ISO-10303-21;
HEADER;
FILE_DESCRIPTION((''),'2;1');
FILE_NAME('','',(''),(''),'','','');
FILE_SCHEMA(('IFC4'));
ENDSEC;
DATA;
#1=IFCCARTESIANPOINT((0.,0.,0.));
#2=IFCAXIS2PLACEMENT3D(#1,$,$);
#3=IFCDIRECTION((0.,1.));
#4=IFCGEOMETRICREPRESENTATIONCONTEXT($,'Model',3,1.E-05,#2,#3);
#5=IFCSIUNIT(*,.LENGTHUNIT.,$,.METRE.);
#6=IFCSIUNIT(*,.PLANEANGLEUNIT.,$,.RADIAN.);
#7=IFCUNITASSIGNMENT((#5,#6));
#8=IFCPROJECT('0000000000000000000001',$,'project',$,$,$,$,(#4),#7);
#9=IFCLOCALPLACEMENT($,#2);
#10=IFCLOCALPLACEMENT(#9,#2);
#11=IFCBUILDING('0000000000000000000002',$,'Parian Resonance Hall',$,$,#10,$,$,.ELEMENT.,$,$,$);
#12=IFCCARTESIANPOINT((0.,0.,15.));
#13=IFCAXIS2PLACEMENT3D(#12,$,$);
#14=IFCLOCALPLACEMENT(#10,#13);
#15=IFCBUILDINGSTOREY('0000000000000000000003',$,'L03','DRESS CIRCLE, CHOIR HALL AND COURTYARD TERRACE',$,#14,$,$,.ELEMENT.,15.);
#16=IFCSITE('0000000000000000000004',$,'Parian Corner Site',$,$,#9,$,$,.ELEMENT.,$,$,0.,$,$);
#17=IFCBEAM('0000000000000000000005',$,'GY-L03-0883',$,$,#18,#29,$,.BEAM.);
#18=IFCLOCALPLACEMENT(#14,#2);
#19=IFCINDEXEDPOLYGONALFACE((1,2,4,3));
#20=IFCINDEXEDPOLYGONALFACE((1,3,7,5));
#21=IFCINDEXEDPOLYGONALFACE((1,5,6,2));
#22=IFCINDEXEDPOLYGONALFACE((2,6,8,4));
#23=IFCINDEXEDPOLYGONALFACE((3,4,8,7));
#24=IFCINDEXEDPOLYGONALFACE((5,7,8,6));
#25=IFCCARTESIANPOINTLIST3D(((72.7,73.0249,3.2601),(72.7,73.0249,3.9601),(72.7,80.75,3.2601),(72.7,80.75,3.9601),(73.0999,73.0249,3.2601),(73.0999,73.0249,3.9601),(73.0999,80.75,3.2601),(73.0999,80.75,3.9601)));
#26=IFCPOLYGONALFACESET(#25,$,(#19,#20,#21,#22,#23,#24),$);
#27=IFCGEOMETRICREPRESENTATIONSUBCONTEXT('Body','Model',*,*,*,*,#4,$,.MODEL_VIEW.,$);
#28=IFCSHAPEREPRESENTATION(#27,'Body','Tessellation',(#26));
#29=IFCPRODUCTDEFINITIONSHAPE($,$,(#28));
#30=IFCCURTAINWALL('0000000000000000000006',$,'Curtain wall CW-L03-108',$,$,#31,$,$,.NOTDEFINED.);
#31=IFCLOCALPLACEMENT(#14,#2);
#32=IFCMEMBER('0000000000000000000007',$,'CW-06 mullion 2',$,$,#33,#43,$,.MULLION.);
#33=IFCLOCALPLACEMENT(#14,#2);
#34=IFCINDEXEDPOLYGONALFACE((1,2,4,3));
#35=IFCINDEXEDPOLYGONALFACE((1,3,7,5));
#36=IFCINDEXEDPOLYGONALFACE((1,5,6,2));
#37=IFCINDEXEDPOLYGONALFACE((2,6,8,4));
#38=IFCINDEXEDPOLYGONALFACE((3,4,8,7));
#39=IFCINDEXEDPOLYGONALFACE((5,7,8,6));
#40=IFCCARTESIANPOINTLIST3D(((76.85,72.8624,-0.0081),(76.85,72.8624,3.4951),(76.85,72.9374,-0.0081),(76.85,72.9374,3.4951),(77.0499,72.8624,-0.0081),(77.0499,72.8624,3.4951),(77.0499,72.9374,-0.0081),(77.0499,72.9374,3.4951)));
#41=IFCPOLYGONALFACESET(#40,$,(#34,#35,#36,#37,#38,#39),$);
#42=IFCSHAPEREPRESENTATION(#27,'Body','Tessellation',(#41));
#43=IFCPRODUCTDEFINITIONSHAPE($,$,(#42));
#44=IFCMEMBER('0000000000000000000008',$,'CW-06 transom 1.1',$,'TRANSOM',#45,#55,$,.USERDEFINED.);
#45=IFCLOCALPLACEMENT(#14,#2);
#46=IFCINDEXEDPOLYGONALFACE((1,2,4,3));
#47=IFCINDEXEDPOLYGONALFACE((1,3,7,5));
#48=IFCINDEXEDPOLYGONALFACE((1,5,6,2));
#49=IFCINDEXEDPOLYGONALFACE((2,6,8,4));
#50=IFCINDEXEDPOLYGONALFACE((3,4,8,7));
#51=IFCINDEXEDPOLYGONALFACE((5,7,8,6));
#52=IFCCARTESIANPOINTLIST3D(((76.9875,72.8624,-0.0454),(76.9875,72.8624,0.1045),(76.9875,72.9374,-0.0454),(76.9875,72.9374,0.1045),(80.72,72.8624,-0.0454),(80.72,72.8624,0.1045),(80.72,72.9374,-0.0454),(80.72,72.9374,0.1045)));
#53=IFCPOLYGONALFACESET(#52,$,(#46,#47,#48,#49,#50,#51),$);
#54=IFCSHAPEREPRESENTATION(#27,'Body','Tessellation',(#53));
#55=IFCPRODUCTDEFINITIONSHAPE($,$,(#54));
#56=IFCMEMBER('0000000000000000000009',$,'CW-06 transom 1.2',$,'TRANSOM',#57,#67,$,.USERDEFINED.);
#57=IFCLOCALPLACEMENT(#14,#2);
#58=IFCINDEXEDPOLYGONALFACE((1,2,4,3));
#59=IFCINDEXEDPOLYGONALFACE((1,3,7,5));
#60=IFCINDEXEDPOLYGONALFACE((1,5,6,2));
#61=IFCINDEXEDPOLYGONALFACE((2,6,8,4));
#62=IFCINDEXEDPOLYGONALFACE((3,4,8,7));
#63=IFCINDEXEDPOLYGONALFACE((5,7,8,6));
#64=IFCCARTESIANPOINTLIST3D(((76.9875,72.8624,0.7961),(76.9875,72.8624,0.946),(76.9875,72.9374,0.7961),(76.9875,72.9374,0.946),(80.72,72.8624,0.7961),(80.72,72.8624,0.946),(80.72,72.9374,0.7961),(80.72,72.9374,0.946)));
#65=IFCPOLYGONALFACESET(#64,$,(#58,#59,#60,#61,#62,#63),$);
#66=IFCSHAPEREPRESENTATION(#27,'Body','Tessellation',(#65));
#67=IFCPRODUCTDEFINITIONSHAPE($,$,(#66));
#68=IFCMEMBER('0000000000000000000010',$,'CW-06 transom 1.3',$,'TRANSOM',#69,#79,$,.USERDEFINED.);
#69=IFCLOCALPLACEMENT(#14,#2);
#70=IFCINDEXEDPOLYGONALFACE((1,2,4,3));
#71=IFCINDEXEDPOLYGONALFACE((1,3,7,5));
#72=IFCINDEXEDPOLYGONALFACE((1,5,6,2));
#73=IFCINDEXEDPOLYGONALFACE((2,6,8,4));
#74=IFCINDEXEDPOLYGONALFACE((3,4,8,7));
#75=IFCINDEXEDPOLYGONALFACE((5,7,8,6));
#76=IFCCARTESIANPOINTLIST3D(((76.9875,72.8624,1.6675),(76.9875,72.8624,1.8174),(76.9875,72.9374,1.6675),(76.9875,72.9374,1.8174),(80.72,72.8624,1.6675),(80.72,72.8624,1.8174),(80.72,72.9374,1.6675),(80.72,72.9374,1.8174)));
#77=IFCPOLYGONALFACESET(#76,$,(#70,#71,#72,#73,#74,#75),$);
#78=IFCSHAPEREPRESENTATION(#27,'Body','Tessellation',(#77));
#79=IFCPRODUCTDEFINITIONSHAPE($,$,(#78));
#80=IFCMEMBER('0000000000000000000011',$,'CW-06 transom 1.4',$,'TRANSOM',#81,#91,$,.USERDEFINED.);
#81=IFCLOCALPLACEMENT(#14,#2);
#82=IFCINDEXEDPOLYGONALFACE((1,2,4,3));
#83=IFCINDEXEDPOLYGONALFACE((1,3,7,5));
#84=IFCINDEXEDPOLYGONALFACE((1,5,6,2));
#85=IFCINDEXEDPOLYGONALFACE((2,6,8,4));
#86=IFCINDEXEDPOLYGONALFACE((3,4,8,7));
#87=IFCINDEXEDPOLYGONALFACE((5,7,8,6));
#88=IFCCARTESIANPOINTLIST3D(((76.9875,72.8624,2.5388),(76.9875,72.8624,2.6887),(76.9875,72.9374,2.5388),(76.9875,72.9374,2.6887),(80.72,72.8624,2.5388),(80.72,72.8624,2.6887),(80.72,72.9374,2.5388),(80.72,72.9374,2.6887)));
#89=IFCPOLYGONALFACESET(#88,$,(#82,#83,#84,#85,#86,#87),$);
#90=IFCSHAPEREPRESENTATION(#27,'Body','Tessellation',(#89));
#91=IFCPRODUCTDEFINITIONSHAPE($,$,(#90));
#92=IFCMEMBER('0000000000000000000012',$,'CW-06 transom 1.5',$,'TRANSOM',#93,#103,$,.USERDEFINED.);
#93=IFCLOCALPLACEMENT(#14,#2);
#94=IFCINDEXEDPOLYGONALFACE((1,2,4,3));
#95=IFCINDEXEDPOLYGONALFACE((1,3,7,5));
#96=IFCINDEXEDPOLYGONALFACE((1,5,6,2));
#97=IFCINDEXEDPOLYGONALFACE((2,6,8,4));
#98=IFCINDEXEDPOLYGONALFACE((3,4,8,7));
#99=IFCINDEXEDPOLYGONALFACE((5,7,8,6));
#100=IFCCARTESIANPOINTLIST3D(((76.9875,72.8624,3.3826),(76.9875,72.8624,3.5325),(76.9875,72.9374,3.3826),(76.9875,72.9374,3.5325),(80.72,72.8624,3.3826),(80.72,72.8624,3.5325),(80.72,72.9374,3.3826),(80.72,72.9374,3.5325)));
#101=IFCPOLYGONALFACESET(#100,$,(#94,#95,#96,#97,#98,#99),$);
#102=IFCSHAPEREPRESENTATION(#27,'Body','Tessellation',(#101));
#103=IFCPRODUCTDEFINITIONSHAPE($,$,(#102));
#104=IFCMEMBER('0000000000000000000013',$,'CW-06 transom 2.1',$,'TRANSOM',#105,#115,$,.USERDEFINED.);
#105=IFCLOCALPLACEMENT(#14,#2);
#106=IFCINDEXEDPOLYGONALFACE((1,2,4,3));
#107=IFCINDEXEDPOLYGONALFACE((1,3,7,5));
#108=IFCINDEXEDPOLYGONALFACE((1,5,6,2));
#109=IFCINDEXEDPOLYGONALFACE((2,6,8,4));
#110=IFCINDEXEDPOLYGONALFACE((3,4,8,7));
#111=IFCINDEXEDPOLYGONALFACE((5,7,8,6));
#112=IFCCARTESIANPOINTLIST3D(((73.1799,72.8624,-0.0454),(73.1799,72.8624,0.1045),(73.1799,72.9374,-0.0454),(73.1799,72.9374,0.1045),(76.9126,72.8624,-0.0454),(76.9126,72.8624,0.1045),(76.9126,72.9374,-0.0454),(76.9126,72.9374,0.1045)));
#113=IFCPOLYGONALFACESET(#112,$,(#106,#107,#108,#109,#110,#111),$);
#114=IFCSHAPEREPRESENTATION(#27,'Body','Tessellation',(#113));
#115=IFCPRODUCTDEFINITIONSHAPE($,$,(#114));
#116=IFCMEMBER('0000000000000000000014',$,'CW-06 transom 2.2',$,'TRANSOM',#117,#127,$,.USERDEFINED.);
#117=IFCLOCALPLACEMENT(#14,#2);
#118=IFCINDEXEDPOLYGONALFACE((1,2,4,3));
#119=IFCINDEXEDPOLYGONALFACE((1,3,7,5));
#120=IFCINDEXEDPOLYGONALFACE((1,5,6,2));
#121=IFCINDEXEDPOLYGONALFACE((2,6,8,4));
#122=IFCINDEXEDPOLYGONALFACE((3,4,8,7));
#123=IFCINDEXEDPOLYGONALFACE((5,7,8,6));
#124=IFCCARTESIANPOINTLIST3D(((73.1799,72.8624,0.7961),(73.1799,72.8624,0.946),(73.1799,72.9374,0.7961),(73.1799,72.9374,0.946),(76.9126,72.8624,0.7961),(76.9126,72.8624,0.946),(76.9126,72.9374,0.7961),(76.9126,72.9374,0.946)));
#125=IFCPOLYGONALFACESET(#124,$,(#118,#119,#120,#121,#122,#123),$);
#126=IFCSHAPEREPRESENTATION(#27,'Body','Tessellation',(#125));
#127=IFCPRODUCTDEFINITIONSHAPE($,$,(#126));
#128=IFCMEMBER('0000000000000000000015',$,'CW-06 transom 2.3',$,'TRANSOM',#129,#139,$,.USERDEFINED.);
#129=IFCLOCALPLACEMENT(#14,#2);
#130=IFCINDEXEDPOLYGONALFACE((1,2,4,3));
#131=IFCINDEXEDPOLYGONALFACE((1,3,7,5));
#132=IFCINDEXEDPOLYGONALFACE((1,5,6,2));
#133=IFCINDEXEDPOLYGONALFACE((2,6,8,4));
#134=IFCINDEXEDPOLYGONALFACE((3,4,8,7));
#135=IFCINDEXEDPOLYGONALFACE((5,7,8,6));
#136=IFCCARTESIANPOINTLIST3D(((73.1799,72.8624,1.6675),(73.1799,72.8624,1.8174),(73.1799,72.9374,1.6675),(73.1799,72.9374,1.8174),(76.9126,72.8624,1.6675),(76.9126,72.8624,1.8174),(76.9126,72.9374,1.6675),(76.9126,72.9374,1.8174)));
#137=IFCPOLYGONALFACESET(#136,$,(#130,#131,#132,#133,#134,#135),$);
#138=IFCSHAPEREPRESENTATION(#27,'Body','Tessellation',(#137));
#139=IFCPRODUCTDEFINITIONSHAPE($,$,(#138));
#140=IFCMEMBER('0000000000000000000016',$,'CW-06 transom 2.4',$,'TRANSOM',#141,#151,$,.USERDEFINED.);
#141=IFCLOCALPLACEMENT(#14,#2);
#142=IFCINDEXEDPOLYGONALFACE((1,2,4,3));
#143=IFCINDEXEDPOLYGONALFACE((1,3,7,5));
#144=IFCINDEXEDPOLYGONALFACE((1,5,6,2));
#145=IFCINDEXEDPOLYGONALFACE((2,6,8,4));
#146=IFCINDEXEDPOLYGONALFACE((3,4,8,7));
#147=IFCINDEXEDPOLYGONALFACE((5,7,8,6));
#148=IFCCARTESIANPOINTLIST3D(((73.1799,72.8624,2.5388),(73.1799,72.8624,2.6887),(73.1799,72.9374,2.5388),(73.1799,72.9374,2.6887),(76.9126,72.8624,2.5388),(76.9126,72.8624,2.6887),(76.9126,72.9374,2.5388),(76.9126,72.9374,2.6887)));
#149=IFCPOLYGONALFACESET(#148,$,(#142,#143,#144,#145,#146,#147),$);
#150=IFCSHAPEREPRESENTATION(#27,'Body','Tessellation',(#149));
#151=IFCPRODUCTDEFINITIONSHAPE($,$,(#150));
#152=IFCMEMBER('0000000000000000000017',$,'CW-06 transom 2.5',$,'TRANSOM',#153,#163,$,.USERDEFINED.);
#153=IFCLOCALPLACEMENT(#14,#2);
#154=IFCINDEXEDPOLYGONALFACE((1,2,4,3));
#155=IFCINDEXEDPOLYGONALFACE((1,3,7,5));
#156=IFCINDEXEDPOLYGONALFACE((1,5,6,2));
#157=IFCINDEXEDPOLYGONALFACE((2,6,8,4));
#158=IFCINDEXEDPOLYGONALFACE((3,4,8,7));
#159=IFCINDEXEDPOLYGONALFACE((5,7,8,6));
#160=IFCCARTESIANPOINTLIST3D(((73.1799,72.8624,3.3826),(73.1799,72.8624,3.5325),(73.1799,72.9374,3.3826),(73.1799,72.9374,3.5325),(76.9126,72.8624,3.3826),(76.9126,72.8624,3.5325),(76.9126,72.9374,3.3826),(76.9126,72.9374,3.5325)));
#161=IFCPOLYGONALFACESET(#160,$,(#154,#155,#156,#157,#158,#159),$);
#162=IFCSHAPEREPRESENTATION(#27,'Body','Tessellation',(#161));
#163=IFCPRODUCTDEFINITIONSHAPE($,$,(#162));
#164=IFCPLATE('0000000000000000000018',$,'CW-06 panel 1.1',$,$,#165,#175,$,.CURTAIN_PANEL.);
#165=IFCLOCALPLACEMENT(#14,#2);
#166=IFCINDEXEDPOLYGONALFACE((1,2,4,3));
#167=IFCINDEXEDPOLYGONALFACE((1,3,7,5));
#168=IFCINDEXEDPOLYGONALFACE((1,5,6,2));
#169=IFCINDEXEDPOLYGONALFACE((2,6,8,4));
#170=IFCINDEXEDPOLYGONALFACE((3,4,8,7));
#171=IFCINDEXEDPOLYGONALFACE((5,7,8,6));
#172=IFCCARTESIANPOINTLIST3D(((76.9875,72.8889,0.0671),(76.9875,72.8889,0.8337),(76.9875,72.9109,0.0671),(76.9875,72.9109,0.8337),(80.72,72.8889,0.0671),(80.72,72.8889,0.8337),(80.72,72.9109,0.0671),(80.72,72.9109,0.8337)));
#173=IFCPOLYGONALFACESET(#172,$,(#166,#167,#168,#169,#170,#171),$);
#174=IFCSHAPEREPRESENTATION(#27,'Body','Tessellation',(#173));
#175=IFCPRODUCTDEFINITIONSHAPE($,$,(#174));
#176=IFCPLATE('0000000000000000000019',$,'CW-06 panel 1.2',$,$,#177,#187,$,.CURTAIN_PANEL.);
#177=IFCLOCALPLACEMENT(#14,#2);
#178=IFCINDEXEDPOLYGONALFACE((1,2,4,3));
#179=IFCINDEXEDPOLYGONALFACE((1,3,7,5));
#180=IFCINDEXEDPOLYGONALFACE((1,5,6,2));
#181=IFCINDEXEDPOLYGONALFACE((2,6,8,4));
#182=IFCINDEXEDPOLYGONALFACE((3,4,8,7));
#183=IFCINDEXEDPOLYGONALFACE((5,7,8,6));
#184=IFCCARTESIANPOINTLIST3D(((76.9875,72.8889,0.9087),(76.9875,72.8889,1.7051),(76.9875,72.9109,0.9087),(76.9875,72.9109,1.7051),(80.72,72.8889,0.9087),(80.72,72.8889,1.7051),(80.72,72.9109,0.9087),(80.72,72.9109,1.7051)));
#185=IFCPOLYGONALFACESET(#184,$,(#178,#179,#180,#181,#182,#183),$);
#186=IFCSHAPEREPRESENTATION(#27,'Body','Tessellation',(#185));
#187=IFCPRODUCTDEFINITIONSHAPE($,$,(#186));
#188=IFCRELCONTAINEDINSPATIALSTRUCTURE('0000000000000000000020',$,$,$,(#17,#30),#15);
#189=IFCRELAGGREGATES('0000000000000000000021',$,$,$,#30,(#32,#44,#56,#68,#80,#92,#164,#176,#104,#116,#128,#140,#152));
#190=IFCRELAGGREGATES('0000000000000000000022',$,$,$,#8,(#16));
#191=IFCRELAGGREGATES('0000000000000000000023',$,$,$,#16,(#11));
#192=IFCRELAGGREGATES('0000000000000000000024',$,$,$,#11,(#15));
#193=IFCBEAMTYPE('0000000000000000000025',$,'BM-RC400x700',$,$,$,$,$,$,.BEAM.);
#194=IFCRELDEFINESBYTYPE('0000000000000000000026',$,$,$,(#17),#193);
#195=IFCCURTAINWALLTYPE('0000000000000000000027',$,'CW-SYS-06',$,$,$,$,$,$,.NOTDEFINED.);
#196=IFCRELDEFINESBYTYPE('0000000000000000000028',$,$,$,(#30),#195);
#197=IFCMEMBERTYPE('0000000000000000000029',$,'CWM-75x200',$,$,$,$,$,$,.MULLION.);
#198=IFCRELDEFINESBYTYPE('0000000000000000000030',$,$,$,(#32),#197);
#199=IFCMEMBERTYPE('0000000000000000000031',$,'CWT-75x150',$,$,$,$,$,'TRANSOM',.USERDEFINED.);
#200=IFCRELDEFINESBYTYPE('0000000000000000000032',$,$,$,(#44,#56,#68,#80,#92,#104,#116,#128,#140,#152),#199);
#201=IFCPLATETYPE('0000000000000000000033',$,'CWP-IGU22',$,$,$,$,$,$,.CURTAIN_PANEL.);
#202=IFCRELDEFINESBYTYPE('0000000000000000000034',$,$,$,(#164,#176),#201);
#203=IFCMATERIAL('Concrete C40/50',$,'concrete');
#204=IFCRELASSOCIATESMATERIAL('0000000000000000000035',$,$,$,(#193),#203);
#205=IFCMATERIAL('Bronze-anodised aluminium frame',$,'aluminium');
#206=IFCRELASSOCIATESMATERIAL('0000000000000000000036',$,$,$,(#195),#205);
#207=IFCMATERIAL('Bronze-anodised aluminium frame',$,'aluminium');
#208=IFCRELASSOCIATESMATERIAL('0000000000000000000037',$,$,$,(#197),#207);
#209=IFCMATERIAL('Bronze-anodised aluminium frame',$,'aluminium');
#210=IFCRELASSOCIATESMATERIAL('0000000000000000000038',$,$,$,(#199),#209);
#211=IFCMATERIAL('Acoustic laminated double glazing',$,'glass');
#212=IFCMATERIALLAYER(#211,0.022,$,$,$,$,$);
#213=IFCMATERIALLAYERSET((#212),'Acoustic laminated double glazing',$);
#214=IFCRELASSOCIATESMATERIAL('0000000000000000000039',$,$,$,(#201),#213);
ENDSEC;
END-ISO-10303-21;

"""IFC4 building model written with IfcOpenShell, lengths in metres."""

from ifc_helpers import new_model, si_unit, direction, frame, origin, origin_2d, place, context, subcontext, project, spatial, rectangle, extrude, material, layer, layer_set, material_profile, profile_set, type_object, element, aggregate, save


model = new_model("IFC4")

# Units and contexts
model_context = context("Model", 3, precision=1e-05, world=origin(), true_north=direction((0.0, 1.0)))
body_context = subcontext(model_context, "Body", "Model", "MODEL_VIEW")
ifc_project = project(units=[si_unit("LENGTHUNIT", "METRE"), si_unit("PLANEANGLEUNIT", "RADIAN")], contexts=[model_context])

# Site, building, storey
site_placement = place(None, origin())
site = spatial("IfcSite", under=ifc_project, at=site_placement, Name="Parian Corner Site", CompositionType="ELEMENT", RefElevation=0.0)
building_placement = place(site_placement, origin())
building = spatial("IfcBuilding", under=site, at=building_placement, Name="Parian Resonance Hall", CompositionType="ELEMENT")
storey_placement = place(building_placement, frame((0.0, 0.0, 15.0)))
storey = spatial("IfcBuildingStorey", under=building, at=storey_placement, Name="L03", Description="DRESS CIRCLE, CHOIR HALL AND COURTYARD TERRACE", CompositionType="ELEMENT", Elevation=15.0)

# Beam
ifc_material_1 = material(Name="Concrete C40/50", Category="concrete")
ifc_material_profile_1 = material_profile(ifc_material_1, rectangle(XDim=0.3999, YDim=0.7, at=origin_2d()), Name="RC-BM-400x700")
ifc_profile_set_1 = profile_set([ifc_material_profile_1], Name="Concrete C40/50")
beam_type = type_object("IfcBeamType", Name="BM-RC400x700", PredefinedType="BEAM", material=ifc_profile_set_1)
beam_placement = place(storey_placement, frame((72.8999, 73.0249, 3.6101), z_axis=(0.0, 1.0, 0.0), x_axis=(-1.0, 0.0, 0.0)))
element("IfcBeam", 1, at=beam_placement, inside=storey, type_object=beam_type, Name="GY-L03-0883", PredefinedType="BEAM", context=body_context, shape_type="SweptSolid", body=[
    extrude(rectangle(XDim=0.3999, YDim=0.7, at=origin_2d()), origin(), (0.0, 0.0, 1.0), 7.7251),
])

# Curtain wall, members, plates
ifc_material_2 = material(Name="Bronze-anodised aluminium frame", Category="aluminium")
curtain_wall_type = type_object("IfcCurtainWallType", Name="CW-SYS-06", PredefinedType="NOTDEFINED", material=ifc_material_2)
curtain_wall_placement = place(storey_placement, origin())
curtain_wall = element("IfcCurtainWall", 2, at=curtain_wall_placement, inside=storey, type_object=curtain_wall_type, Name="Curtain wall CW-L03-108", PredefinedType="NOTDEFINED")
ifc_material_3 = material(Name="Bronze-anodised aluminium frame", Category="aluminium")
ifc_material_profile_2 = material_profile(ifc_material_3, rectangle(XDim=0.075, YDim=0.2, at=origin_2d()), Name="CWM-75x200")
ifc_profile_set_2 = profile_set([ifc_material_profile_2], Name="Bronze-anodised aluminium frame")
member_type_1 = type_object("IfcMemberType", Name="CWM-75x200", PredefinedType="MULLION", material=ifc_profile_set_2)
member_1_placement = place(storey_placement, frame((76.95, 72.8999, -0.0081), z_axis=(0.0, 0.0, 1.0), x_axis=(0.0, -1.0, 0.0)))
member_1 = element("IfcMember", 3, at=member_1_placement, type_object=member_type_1, Name="CW-06 mullion 2", PredefinedType="MULLION", context=body_context, shape_type="SweptSolid", body=[
    extrude(rectangle(XDim=0.075, YDim=0.2, at=origin_2d()), origin(), (0.0, 0.0, 1.0), 3.5032),
])
ifc_material_4 = material(Name="Bronze-anodised aluminium frame", Category="aluminium")
ifc_material_profile_3 = material_profile(ifc_material_4, rectangle(XDim=0.075, YDim=0.1499, at=origin_2d()), Name="CWT-75x150")
ifc_profile_set_3 = profile_set([ifc_material_profile_3], Name="Bronze-anodised aluminium frame")
member_type_2 = type_object("IfcMemberType", Name="CWT-75x150", ElementType="TRANSOM", PredefinedType="USERDEFINED", material=ifc_profile_set_3)
member_2_placement = place(storey_placement, frame((80.72, 72.8999, 0.0295), z_axis=(-1.0, 0.0, 0.0), x_axis=(0.0, -1.0, 0.0)))
member_2 = element("IfcMember", 4, at=member_2_placement, type_object=member_type_2, Name="CW-06 transom 1.1", ObjectType="TRANSOM", PredefinedType="USERDEFINED", context=body_context, shape_type="SweptSolid", body=[
    extrude(rectangle(XDim=0.075, YDim=0.1499, at=origin_2d()), origin(), (0.0, 0.0, 1.0), 3.7324),
])
member_3_placement = place(storey_placement, frame((80.72, 72.8999, 0.8711), z_axis=(-1.0, 0.0, 0.0), x_axis=(0.0, -1.0, 0.0)))
member_3 = element("IfcMember", 5, at=member_3_placement, type_object=member_type_2, Name="CW-06 transom 1.2", ObjectType="TRANSOM", PredefinedType="USERDEFINED", context=body_context, shape_type="SweptSolid", body=[
    extrude(rectangle(XDim=0.075, YDim=0.1499, at=origin_2d()), origin(), (0.0, 0.0, 1.0), 3.7324),
])
member_4_placement = place(storey_placement, frame((80.72, 72.8999, 1.7424), z_axis=(-1.0, 0.0, 0.0), x_axis=(0.0, -1.0, 0.0)))
member_4 = element("IfcMember", 6, at=member_4_placement, type_object=member_type_2, Name="CW-06 transom 1.3", ObjectType="TRANSOM", PredefinedType="USERDEFINED", context=body_context, shape_type="SweptSolid", body=[
    extrude(rectangle(XDim=0.075, YDim=0.1499, at=origin_2d()), origin(), (0.0, 0.0, 1.0), 3.7324),
])
member_5_placement = place(storey_placement, frame((80.72, 72.8999, 2.6138), z_axis=(-1.0, 0.0, 0.0), x_axis=(0.0, -1.0, 0.0)))
member_5 = element("IfcMember", 7, at=member_5_placement, type_object=member_type_2, Name="CW-06 transom 1.4", ObjectType="TRANSOM", PredefinedType="USERDEFINED", context=body_context, shape_type="SweptSolid", body=[
    extrude(rectangle(XDim=0.075, YDim=0.1499, at=origin_2d()), origin(), (0.0, 0.0, 1.0), 3.7324),
])
member_6_placement = place(storey_placement, frame((80.72, 72.8999, 3.4575), z_axis=(-1.0, 0.0, 0.0), x_axis=(0.0, -1.0, 0.0)))
member_6 = element("IfcMember", 8, at=member_6_placement, type_object=member_type_2, Name="CW-06 transom 1.5", ObjectType="TRANSOM", PredefinedType="USERDEFINED", context=body_context, shape_type="SweptSolid", body=[
    extrude(rectangle(XDim=0.075, YDim=0.1499, at=origin_2d()), origin(), (0.0, 0.0, 1.0), 3.7324),
])
member_7_placement = place(storey_placement, frame((76.9126, 72.8999, 0.0295), z_axis=(-1.0, 0.0, 0.0), x_axis=(0.0, -1.0, 0.0)))
member_7 = element("IfcMember", 9, at=member_7_placement, type_object=member_type_2, Name="CW-06 transom 2.1", ObjectType="TRANSOM", PredefinedType="USERDEFINED", context=body_context, shape_type="SweptSolid", body=[
    extrude(rectangle(XDim=0.075, YDim=0.1499, at=origin_2d()), origin(), (0.0, 0.0, 1.0), 3.7327),
])
member_8_placement = place(storey_placement, frame((76.9126, 72.8999, 0.8711), z_axis=(-1.0, 0.0, 0.0), x_axis=(0.0, -1.0, 0.0)))
member_8 = element("IfcMember", 10, at=member_8_placement, type_object=member_type_2, Name="CW-06 transom 2.2", ObjectType="TRANSOM", PredefinedType="USERDEFINED", context=body_context, shape_type="SweptSolid", body=[
    extrude(rectangle(XDim=0.075, YDim=0.1499, at=origin_2d()), origin(), (0.0, 0.0, 1.0), 3.7327),
])
member_9_placement = place(storey_placement, frame((76.9126, 72.8999, 1.7424), z_axis=(-1.0, 0.0, 0.0), x_axis=(0.0, -1.0, 0.0)))
member_9 = element("IfcMember", 11, at=member_9_placement, type_object=member_type_2, Name="CW-06 transom 2.3", ObjectType="TRANSOM", PredefinedType="USERDEFINED", context=body_context, shape_type="SweptSolid", body=[
    extrude(rectangle(XDim=0.075, YDim=0.1499, at=origin_2d()), origin(), (0.0, 0.0, 1.0), 3.7327),
])
member_10_placement = place(storey_placement, frame((76.9126, 72.8999, 2.6138), z_axis=(-1.0, 0.0, 0.0), x_axis=(0.0, -1.0, 0.0)))
member_10 = element("IfcMember", 12, at=member_10_placement, type_object=member_type_2, Name="CW-06 transom 2.4", ObjectType="TRANSOM", PredefinedType="USERDEFINED", context=body_context, shape_type="SweptSolid", body=[
    extrude(rectangle(XDim=0.075, YDim=0.1499, at=origin_2d()), origin(), (0.0, 0.0, 1.0), 3.7327),
])
member_11_placement = place(storey_placement, frame((76.9126, 72.8999, 3.4575), z_axis=(-1.0, 0.0, 0.0), x_axis=(0.0, -1.0, 0.0)))
member_11 = element("IfcMember", 13, at=member_11_placement, type_object=member_type_2, Name="CW-06 transom 2.5", ObjectType="TRANSOM", PredefinedType="USERDEFINED", context=body_context, shape_type="SweptSolid", body=[
    extrude(rectangle(XDim=0.075, YDim=0.1499, at=origin_2d()), origin(), (0.0, 0.0, 1.0), 3.7327),
])
ifc_material_5 = material(Name="Acoustic laminated double glazing", Category="glass")
ifc_layer = layer(ifc_material_5, 0.022)
ifc_layer_set = layer_set([ifc_layer], Name="Acoustic laminated double glazing")
plate_type = type_object("IfcPlateType", Name="CWP-IGU22", PredefinedType="CURTAIN_PANEL", material=ifc_layer_set)
plate_1_placement = place(storey_placement, frame((78.8538, 72.8999, 0.0671), z_axis=(0.0, 0.0, 1.0), x_axis=(-1.0, 0.0, 0.0)))
plate_1 = element("IfcPlate", 14, at=plate_1_placement, type_object=plate_type, Name="CW-06 panel 1.1", PredefinedType="CURTAIN_PANEL", context=body_context, shape_type="SweptSolid", body=[
    extrude(rectangle(XDim=3.7324, YDim=0.022, at=origin_2d()), origin(), (0.0, 0.0, 1.0), 0.7666),
])
plate_2_placement = place(storey_placement, frame((78.8538, 72.8999, 0.9087), z_axis=(0.0, 0.0, 1.0), x_axis=(-1.0, 0.0, 0.0)))
plate_2 = element("IfcPlate", 15, at=plate_2_placement, type_object=plate_type, Name="CW-06 panel 1.2", PredefinedType="CURTAIN_PANEL", context=body_context, shape_type="SweptSolid", body=[
    extrude(rectangle(XDim=3.7324, YDim=0.022, at=origin_2d()), origin(), (0.0, 0.0, 1.0), 0.7964),
])
aggregate(curtain_wall, [member_1, member_2, member_3, member_4, member_5, member_6, plate_1, plate_2, member_7, member_8, member_9, member_10, member_11])

save(model, "model.ifc")
